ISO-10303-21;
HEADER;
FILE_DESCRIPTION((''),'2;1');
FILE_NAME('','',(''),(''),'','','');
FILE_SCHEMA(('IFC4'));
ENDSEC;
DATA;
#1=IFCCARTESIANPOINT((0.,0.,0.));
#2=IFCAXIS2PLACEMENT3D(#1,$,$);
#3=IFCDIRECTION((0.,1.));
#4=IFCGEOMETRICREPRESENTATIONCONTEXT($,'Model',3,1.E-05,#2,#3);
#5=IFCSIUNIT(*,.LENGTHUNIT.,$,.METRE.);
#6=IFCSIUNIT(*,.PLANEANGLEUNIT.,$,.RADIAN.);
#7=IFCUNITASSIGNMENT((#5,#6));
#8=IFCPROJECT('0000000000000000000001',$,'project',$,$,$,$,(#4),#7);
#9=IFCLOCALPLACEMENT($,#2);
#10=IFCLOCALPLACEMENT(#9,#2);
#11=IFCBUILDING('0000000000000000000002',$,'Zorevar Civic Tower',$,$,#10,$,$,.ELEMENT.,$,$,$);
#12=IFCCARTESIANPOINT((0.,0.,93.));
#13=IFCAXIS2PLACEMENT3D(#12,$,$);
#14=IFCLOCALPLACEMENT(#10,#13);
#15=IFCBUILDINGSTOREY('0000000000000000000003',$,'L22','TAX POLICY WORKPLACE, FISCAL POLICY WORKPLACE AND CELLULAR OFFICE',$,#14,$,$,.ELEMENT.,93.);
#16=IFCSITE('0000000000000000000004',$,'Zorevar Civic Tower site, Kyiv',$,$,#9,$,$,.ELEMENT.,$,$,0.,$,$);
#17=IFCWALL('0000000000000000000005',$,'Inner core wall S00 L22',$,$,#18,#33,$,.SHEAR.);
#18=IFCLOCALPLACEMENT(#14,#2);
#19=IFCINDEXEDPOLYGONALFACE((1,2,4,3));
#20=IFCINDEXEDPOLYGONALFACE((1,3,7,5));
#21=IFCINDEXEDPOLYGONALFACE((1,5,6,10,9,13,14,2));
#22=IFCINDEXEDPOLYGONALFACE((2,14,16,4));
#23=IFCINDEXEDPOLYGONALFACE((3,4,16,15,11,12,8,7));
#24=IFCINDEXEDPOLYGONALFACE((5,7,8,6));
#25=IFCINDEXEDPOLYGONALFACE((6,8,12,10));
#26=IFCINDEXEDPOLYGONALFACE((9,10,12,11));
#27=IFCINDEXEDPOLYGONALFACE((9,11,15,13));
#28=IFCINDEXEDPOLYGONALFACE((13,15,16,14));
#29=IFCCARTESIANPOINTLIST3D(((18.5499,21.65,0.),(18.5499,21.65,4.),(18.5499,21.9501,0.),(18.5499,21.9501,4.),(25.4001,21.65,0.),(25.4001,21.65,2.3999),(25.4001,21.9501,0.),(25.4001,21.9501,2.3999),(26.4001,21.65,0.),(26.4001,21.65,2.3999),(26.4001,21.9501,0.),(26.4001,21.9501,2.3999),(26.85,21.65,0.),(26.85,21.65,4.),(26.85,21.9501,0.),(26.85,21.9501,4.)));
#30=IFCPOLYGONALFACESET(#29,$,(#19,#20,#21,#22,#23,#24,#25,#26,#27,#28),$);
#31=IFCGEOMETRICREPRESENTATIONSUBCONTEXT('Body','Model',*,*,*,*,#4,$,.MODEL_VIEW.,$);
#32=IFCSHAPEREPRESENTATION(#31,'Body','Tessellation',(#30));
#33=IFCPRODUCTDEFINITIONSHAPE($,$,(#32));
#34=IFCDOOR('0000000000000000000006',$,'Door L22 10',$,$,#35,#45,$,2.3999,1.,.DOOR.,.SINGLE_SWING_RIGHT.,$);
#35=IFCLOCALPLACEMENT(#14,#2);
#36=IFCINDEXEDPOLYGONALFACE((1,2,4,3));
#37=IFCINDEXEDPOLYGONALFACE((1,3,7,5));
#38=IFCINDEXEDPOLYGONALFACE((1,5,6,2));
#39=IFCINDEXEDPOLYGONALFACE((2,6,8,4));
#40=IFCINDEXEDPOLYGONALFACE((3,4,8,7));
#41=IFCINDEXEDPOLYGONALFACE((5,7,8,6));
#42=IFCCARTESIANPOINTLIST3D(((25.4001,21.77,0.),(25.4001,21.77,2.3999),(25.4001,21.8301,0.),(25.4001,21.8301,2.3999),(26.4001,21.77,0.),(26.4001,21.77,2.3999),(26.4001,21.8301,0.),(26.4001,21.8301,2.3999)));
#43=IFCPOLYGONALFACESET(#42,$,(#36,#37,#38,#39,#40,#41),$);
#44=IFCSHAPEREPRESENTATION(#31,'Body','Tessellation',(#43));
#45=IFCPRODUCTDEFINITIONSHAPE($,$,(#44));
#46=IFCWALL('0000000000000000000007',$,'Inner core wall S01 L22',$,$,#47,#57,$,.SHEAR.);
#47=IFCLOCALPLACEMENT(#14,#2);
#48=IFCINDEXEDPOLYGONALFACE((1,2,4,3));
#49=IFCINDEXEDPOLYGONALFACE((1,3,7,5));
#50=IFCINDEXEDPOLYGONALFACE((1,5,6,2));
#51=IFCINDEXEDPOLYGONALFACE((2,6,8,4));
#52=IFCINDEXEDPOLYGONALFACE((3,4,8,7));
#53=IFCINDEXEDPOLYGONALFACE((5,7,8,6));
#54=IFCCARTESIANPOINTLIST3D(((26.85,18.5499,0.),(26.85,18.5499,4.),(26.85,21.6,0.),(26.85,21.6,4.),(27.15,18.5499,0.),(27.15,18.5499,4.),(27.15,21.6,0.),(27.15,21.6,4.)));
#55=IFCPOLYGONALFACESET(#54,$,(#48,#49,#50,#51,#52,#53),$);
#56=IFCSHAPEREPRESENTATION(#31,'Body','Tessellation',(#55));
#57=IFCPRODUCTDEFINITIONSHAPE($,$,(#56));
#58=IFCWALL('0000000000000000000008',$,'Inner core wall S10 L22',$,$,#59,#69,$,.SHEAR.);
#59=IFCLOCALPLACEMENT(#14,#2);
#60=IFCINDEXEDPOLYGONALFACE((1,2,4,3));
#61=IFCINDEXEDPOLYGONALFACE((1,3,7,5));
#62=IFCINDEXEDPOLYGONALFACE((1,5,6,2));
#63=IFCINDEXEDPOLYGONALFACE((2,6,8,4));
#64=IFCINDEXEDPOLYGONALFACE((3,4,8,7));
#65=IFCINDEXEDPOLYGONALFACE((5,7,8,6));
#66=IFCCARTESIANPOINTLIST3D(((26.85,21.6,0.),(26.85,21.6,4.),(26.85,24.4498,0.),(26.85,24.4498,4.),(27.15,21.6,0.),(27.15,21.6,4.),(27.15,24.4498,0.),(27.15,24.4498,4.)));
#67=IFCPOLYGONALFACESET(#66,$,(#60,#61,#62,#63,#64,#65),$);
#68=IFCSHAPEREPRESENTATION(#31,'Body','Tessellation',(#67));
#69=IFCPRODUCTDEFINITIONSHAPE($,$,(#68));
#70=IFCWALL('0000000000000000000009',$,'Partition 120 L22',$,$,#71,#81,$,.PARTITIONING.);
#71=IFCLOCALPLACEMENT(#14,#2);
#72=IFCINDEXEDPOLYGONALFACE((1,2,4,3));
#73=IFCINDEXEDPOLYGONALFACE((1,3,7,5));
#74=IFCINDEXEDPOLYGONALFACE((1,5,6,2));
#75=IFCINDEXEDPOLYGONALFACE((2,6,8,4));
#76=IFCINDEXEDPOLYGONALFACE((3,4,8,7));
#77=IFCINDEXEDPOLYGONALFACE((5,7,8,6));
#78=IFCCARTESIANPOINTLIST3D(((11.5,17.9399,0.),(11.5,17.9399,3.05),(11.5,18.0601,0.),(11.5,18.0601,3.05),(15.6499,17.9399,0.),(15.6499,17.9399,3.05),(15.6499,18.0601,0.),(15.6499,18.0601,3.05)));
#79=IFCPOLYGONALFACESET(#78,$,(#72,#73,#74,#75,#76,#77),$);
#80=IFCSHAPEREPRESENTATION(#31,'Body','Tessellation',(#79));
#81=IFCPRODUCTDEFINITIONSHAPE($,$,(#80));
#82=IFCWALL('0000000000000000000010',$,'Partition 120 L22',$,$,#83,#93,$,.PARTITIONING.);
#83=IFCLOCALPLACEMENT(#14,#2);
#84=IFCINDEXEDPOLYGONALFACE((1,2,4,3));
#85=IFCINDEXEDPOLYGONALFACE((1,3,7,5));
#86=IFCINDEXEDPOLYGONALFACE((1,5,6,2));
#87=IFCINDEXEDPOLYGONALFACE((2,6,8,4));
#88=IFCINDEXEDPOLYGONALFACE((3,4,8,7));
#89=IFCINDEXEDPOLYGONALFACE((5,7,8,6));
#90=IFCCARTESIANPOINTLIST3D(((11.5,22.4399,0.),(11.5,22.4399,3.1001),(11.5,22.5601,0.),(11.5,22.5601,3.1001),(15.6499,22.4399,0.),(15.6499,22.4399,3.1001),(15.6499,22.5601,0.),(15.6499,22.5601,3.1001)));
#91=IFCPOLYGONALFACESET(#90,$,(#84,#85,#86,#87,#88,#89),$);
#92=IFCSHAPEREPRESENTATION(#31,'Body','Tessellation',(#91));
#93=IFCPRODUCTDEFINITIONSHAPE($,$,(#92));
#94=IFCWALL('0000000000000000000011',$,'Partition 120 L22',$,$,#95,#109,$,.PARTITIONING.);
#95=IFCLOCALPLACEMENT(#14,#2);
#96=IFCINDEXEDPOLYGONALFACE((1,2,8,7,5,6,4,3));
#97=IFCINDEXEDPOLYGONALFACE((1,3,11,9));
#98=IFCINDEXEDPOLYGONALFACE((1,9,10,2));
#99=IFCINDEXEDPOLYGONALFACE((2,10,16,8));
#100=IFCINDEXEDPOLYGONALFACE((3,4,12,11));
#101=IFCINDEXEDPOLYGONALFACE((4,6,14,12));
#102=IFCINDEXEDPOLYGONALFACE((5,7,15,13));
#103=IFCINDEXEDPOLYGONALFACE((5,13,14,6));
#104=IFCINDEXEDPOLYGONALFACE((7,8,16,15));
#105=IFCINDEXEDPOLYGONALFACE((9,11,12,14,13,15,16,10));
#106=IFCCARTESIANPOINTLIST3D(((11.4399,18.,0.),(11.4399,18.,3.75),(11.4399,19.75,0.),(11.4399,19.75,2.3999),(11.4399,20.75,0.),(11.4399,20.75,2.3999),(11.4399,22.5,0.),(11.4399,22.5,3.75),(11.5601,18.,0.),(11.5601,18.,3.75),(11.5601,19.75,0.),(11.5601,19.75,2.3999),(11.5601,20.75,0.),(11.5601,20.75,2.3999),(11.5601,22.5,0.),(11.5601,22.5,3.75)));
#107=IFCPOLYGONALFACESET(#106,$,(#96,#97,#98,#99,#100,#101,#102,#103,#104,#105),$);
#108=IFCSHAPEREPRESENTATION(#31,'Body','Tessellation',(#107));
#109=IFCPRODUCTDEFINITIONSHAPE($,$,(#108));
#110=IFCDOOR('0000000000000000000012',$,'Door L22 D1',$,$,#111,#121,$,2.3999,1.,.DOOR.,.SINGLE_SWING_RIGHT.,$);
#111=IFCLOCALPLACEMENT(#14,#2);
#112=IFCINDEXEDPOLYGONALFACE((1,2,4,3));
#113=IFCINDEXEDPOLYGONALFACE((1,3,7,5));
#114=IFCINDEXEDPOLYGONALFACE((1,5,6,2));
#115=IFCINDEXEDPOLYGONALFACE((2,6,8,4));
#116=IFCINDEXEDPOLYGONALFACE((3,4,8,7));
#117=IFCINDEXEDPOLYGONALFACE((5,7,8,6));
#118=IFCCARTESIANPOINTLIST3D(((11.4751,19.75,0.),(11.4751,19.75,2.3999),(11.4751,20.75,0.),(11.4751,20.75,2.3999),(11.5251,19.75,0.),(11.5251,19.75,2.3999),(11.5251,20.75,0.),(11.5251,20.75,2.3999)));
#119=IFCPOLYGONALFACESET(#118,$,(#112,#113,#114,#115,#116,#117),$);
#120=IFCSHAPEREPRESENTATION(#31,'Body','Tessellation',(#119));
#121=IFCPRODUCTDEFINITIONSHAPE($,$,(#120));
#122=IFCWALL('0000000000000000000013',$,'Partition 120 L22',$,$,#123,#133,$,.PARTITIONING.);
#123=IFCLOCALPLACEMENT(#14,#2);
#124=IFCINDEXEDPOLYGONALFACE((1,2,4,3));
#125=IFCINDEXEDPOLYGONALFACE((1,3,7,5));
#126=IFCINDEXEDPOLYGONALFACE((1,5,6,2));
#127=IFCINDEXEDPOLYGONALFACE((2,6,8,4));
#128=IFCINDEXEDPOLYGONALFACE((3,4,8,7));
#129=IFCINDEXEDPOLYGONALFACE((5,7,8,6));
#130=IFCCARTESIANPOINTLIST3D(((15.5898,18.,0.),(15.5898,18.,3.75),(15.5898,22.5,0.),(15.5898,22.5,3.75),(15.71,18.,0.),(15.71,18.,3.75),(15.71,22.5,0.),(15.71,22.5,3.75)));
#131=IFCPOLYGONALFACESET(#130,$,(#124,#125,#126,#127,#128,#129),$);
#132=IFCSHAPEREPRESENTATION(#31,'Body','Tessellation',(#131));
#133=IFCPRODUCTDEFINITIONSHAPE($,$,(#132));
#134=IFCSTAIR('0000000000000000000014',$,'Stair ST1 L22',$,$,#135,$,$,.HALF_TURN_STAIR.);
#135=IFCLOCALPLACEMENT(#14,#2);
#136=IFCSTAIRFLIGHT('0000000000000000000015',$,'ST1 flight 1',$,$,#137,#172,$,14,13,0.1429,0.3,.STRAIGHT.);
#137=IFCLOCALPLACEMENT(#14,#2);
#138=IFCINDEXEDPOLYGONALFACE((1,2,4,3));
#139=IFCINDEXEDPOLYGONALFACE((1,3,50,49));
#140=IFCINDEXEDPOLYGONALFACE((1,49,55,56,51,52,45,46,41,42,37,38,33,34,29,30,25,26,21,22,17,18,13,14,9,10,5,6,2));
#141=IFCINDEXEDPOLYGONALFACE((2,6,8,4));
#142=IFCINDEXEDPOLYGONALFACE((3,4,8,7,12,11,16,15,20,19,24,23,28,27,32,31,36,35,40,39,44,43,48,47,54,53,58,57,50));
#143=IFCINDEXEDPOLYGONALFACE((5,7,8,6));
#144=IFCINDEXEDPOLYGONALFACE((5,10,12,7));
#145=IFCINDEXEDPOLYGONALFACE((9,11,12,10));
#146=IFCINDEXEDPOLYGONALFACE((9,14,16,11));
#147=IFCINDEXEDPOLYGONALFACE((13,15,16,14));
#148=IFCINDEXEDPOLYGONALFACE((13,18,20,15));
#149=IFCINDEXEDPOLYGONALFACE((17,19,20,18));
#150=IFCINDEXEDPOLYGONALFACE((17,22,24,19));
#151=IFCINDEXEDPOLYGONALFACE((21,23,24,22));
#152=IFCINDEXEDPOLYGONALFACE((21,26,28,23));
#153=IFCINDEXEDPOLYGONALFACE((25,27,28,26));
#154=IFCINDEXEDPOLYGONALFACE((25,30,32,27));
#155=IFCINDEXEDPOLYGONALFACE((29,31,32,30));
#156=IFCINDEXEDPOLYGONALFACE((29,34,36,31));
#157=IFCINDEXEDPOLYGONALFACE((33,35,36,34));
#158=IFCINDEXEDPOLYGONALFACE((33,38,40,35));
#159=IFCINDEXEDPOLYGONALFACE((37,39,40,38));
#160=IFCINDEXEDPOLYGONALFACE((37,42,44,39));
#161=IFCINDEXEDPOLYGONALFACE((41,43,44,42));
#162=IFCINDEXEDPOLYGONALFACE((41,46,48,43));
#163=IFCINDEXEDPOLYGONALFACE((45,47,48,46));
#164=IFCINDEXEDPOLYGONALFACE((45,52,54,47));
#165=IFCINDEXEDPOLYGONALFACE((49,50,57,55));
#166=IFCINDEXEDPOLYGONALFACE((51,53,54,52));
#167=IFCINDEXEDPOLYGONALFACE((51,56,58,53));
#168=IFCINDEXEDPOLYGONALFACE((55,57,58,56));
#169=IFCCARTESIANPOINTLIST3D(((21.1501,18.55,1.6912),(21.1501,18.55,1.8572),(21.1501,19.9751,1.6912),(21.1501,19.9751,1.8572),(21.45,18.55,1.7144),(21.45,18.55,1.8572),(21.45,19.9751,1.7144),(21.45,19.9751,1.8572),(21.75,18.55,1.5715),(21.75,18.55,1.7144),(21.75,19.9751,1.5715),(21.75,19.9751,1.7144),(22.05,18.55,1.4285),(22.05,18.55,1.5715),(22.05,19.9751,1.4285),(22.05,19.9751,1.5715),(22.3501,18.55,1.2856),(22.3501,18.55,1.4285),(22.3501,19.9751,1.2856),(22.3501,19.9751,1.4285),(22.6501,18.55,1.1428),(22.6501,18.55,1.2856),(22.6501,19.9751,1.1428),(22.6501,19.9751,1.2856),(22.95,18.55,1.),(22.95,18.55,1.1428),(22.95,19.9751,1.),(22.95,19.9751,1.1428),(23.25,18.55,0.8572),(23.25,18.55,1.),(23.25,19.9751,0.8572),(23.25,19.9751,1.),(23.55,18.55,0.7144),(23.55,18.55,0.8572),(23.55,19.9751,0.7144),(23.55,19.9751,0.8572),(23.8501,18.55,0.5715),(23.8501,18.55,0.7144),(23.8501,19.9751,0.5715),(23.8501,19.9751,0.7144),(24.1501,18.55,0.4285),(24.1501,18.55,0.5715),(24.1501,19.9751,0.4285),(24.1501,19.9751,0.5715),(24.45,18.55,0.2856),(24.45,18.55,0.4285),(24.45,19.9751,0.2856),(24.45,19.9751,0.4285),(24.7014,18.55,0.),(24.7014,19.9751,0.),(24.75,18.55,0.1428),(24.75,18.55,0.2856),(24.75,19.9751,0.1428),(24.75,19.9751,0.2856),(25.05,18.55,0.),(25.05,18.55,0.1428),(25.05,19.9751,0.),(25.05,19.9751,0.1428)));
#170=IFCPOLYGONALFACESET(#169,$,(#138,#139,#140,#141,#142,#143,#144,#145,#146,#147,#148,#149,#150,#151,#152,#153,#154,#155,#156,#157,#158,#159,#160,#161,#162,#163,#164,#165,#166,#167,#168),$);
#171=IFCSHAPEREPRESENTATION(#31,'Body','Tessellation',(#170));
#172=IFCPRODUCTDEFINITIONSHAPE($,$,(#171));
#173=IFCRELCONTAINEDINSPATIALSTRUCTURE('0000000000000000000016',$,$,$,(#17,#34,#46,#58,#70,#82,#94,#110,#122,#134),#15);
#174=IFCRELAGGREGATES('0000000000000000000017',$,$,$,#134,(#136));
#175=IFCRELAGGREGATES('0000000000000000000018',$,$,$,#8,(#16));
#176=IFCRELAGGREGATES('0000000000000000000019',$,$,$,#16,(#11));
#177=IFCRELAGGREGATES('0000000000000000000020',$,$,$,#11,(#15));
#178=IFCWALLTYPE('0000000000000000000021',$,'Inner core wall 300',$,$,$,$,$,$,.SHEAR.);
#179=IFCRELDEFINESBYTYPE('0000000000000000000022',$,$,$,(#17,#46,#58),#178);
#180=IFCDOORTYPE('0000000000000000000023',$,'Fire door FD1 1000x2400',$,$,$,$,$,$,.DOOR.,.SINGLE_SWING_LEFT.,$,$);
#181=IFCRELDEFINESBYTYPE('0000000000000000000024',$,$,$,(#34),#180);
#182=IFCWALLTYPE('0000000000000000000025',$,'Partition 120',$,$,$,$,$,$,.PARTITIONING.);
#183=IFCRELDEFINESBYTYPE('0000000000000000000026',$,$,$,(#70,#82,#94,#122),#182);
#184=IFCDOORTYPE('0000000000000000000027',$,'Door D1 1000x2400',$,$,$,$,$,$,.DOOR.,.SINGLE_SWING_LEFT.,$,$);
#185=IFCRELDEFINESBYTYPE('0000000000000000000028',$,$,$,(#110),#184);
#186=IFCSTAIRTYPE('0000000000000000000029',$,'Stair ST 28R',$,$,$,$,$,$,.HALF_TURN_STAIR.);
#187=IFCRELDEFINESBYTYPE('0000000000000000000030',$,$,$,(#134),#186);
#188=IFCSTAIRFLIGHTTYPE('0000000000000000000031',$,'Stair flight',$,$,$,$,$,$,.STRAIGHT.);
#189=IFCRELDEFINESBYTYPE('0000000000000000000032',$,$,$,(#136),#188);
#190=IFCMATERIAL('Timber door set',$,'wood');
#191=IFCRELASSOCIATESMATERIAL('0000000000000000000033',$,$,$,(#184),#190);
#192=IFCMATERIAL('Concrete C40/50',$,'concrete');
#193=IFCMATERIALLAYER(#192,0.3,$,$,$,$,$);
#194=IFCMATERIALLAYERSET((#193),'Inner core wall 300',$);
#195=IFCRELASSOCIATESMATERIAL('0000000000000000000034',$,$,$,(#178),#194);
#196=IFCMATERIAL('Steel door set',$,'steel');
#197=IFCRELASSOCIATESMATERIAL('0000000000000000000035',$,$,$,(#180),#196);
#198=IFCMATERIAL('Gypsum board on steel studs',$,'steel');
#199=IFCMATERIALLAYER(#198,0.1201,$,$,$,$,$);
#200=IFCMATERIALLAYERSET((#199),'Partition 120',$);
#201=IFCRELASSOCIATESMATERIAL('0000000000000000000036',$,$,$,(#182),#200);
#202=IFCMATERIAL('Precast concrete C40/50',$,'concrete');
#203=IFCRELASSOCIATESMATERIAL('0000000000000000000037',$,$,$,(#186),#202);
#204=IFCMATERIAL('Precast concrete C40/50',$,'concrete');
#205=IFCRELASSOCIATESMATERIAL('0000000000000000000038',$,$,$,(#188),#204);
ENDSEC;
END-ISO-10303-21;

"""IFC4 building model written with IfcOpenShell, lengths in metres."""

from ifc_helpers import new_model, si_unit, direction, frame, frame_2d, origin, place, context, subcontext, project, spatial, polyline, rectangle, outline, extrude, material, layer, layer_set, type_object, element, fill, aggregate, save


model = new_model("IFC4")

# Units and contexts
model_context = context("Model", 3, precision=1e-05, world=origin(), true_north=direction((0.0, 1.0)))
body_context = subcontext(model_context, "Body", "Model", "MODEL_VIEW")
ifc_project = project(units=[si_unit("LENGTHUNIT", "METRE"), si_unit("PLANEANGLEUNIT", "RADIAN")], contexts=[model_context])

# Site, building, storey
site_placement = place(None, origin())
site = spatial("IfcSite", under=ifc_project, at=site_placement, Name="Zorevar Civic Tower site, Kyiv", CompositionType="ELEMENT", RefElevation=0.0)
building_placement = place(site_placement, origin())
building = spatial("IfcBuilding", under=site, at=building_placement, Name="Zorevar Civic Tower", CompositionType="ELEMENT")
storey_placement = place(building_placement, frame((0.0, 0.0, 93.0)))
storey = spatial("IfcBuildingStorey", under=building, at=storey_placement, Name="L22", Description="TAX POLICY WORKPLACE, FISCAL POLICY WORKPLACE AND CELLULAR OFFICE", CompositionType="ELEMENT", Elevation=93.0)

# Shared definitions
ifc_material_1 = material(Name="Timber door set", Category="wood")
door_type_1 = type_object("IfcDoorType", Name="Door D1 1000x2400", OperationType="SINGLE_SWING_LEFT", PredefinedType="DOOR", material=ifc_material_1)

# Wall, opening, door
ifc_material_2 = material(Name="Concrete C40/50", Category="concrete")
ifc_layer_1 = layer(ifc_material_2, 0.3)
ifc_layer_set_1 = layer_set([ifc_layer_1], Name="Inner core wall 300")
wall_type_1 = type_object("IfcWallType", Name="Inner core wall 300", PredefinedType="SHEAR", material=ifc_layer_set_1)
wall_1_placement = place(storey_placement, frame((18.55, 21.8, 0.0), z_axis=(0.0, 0.0, 1.0), x_axis=(1.0, 0.0, 0.0)))
wall_1 = element("IfcWall", 1, at=wall_1_placement, inside=storey, type_object=wall_type_1, Name="Inner core wall S00 L22", PredefinedType="SHEAR", context=body_context, shape_type="SweptSolid", body=[
    extrude(rectangle(XDim=8.3, YDim=0.3, at=frame_2d((4.1499, 0.0))), origin(), (0.0, 0.0, 1.0), 4.0),
])
opening_1_placement = place(wall_1_placement, frame((6.8501, 0.0, 0.0)))
opening_1 = element("IfcOpeningElement", 2, at=opening_1_placement, cuts=wall_1, PredefinedType="OPENING", context=body_context, shape_type="SweptSolid", body=[
    extrude(rectangle(XDim=1.0, YDim=2.3999, at=frame_2d((0.5, 1.2))), frame((0.0, 0.1599, 0.0), z_axis=(0.0, -1.0, 0.0), x_axis=(1.0, 0.0, 0.0)), (0.0, 0.0, 1.0), 0.3201),
])
ifc_material_3 = material(Name="Steel door set", Category="steel")
door_type_2 = type_object("IfcDoorType", Name="Fire door FD1 1000x2400", OperationType="SINGLE_SWING_LEFT", PredefinedType="DOOR", material=ifc_material_3)
door_1_placement = place(opening_1_placement, origin())
door_1 = element("IfcDoor", 3, at=door_1_placement, inside=storey, type_object=door_type_2, Name="Door L22 10", OperationType="SINGLE_SWING_RIGHT", OverallHeight=2.3999, OverallWidth=1.0, PredefinedType="DOOR", context=body_context, shape_type="SweptSolid", body=[
    extrude(rectangle(XDim=1.0, YDim=2.3999, at=frame_2d((0.5, 1.2))), frame((0.0, 0.03, 0.0), z_axis=(0.0, -1.0, 0.0), x_axis=(1.0, 0.0, 0.0)), (0.0, 0.0, 1.0), 0.0601),
])
fill(opening_1, door_1)

# Wall
wall_2_placement = place(storey_placement, frame((27.0, 18.55, 0.0), z_axis=(0.0, 0.0, 1.0), x_axis=(0.0, 1.0, 0.0)))
element("IfcWall", 4, at=wall_2_placement, inside=storey, type_object=wall_type_1, Name="Inner core wall S01 L22", PredefinedType="SHEAR", context=body_context, shape_type="SweptSolid", body=[
    extrude(rectangle(XDim=3.05, YDim=0.3, at=frame_2d((1.5249, 0.0))), origin(), (0.0, 0.0, 1.0), 4.0),
])

# Walls
wall_3_placement = place(storey_placement, frame((27.0, 21.6001, 0.0), z_axis=(0.0, 0.0, 1.0), x_axis=(0.0, 1.0, 0.0)))
element("IfcWall", 5, at=wall_3_placement, inside=storey, type_object=wall_type_1, Name="Inner core wall S10 L22", PredefinedType="SHEAR", context=body_context, shape_type="SweptSolid", body=[
    extrude(rectangle(XDim=2.8499, YDim=0.3, at=frame_2d((1.4248, 0.0))), origin(), (0.0, 0.0, 1.0), 4.0),
])
ifc_material_4 = material(Name="Gypsum board on steel studs", Category="steel")
ifc_layer_2 = layer(ifc_material_4, 0.1201)
ifc_layer_set_2 = layer_set([ifc_layer_2], Name="Partition 120")
wall_type_2 = type_object("IfcWallType", Name="Partition 120", PredefinedType="PARTITIONING", material=ifc_layer_set_2)
wall_4_placement = place(storey_placement, frame((11.5, 18.0, 0.0), z_axis=(0.0, 0.0, 1.0), x_axis=(1.0, 0.0, 0.0)))
element("IfcWall", 6, at=wall_4_placement, inside=storey, type_object=wall_type_2, Name="Partition 120 L22", PredefinedType="PARTITIONING", context=body_context, shape_type="SweptSolid", body=[
    extrude(rectangle(XDim=4.1499, YDim=0.1201, at=frame_2d((2.075, 0.0))), origin(), (0.0, 0.0, 1.0), 3.05),
])
wall_5_placement = place(storey_placement, frame((11.5, 22.5, 0.0), z_axis=(0.0, 0.0, 1.0), x_axis=(1.0, 0.0, 0.0)))
element("IfcWall", 7, at=wall_5_placement, inside=storey, type_object=wall_type_2, Name="Partition 120 L22", PredefinedType="PARTITIONING", context=body_context, shape_type="SweptSolid", body=[
    extrude(rectangle(XDim=4.1499, YDim=0.1201, at=frame_2d((2.075, 0.0))), origin(), (0.0, 0.0, 1.0), 3.1001),
])

# Wall, opening, door
wall_6_placement = place(storey_placement, frame((11.5, 18.0, 0.0), z_axis=(0.0, 0.0, 1.0), x_axis=(0.0, 1.0, 0.0)))
wall_6 = element("IfcWall", 8, at=wall_6_placement, inside=storey, type_object=wall_type_2, Name="Partition 120 L22", PredefinedType="PARTITIONING", context=body_context, shape_type="SweptSolid", body=[
    extrude(rectangle(XDim=4.5, YDim=0.1201, at=frame_2d((2.25, 0.0))), origin(), (0.0, 0.0, 1.0), 3.75),
])
opening_2_placement = place(wall_6_placement, frame((1.75, 0.0, 0.0)))
opening_2 = element("IfcOpeningElement", 9, at=opening_2_placement, cuts=wall_6, PredefinedType="OPENING", context=body_context, shape_type="SweptSolid", body=[
    extrude(rectangle(XDim=1.0, YDim=2.3999, at=frame_2d((0.5, 1.2))), frame((0.0, 0.0701, 0.0), z_axis=(0.0, -1.0, 0.0), x_axis=(1.0, 0.0, 0.0)), (0.0, 0.0, 1.0), 0.1401),
])
door_2_placement = place(opening_2_placement, origin())
door_2 = element("IfcDoor", 10, at=door_2_placement, inside=storey, type_object=door_type_1, Name="Door L22 D1", OperationType="SINGLE_SWING_RIGHT", OverallHeight=2.3999, OverallWidth=1.0, PredefinedType="DOOR", context=body_context, shape_type="SweptSolid", body=[
    extrude(rectangle(XDim=1.0, YDim=2.3999, at=frame_2d((0.5, 1.2))), frame((0.0, 0.0249, 0.0), z_axis=(0.0, -1.0, 0.0), x_axis=(1.0, 0.0, 0.0)), (0.0, 0.0, 1.0), 0.05),
])
fill(opening_2, door_2)

# Wall
wall_7_placement = place(storey_placement, frame((15.6499, 18.0, 0.0), z_axis=(0.0, 0.0, 1.0), x_axis=(0.0, 1.0, 0.0)))
element("IfcWall", 11, at=wall_7_placement, inside=storey, type_object=wall_type_2, Name="Partition 120 L22", PredefinedType="PARTITIONING", context=body_context, shape_type="SweptSolid", body=[
    extrude(rectangle(XDim=4.5, YDim=0.1201, at=frame_2d((2.25, 0.0))), origin(), (0.0, 0.0, 1.0), 3.75),
])

# Stair, stair flight
ifc_material_5 = material(Name="Precast concrete C40/50", Category="concrete")
stair_type = type_object("IfcStairType", Name="Stair ST 28R", PredefinedType="HALF_TURN_STAIR", material=ifc_material_5)
stair_placement = place(storey_placement, origin())
stair = element("IfcStair", 12, at=stair_placement, inside=storey, type_object=stair_type, Name="Stair ST1 L22", PredefinedType="HALF_TURN_STAIR")
ifc_material_6 = material(Name="Precast concrete C40/50", Category="concrete")
stair_flight_type = type_object("IfcStairFlightType", Name="Stair flight", PredefinedType="STRAIGHT", material=ifc_material_6)
stair_flight_1_placement = place(storey_placement, frame((25.05, 19.2625, 0.0), z_axis=(0.0, 0.0, 1.0), x_axis=(-1.0, 0.0, 0.0)))
stair_flight_1 = element("IfcStairFlight", 13, at=stair_flight_1_placement, type_object=stair_flight_type, Name="ST1 flight 1", NumberOfRisers=14, NumberOfTreads=13, PredefinedType="STRAIGHT", RiserHeight=0.1429, TreadLength=0.3, context=body_context, shape_type="SweptSolid", body=[
    extrude(outline(polyline([(0.0, 0.0), (0.0, 0.1428), (0.3, 0.1428), (0.3, 0.2856), (0.6001, 0.2856), (0.6001, 0.4285), (0.8999, 0.4285), (0.8999, 0.5715), (1.2, 0.5715), (1.2, 0.7144), (1.5, 0.7144), (1.5, 0.8572), (1.8, 0.8572), (1.8, 1.0), (2.1001, 1.0), (2.1001, 1.1428), (2.3999, 1.1428), (2.3999, 1.2856), (2.7, 1.2856), (2.7, 1.4285), (3.0, 1.4285), (3.0, 1.5715), (3.3, 1.5715), (3.3, 1.7144), (3.6001, 1.7144), (3.6001, 1.8572), (3.8999, 1.8572), (3.8999, 2.0), (3.8999, 1.6912), (0.3486, 0.0), (0.0, 0.0)])), frame((0.0, 0.7124, 0.0), z_axis=(0.0, -1.0, 0.0), x_axis=(1.0, 0.0, 0.0)), (0.0, 0.0, 1.0), 1.425),
])
aggregate(stair, [stair_flight_1])

save(model, "model.ifc")
